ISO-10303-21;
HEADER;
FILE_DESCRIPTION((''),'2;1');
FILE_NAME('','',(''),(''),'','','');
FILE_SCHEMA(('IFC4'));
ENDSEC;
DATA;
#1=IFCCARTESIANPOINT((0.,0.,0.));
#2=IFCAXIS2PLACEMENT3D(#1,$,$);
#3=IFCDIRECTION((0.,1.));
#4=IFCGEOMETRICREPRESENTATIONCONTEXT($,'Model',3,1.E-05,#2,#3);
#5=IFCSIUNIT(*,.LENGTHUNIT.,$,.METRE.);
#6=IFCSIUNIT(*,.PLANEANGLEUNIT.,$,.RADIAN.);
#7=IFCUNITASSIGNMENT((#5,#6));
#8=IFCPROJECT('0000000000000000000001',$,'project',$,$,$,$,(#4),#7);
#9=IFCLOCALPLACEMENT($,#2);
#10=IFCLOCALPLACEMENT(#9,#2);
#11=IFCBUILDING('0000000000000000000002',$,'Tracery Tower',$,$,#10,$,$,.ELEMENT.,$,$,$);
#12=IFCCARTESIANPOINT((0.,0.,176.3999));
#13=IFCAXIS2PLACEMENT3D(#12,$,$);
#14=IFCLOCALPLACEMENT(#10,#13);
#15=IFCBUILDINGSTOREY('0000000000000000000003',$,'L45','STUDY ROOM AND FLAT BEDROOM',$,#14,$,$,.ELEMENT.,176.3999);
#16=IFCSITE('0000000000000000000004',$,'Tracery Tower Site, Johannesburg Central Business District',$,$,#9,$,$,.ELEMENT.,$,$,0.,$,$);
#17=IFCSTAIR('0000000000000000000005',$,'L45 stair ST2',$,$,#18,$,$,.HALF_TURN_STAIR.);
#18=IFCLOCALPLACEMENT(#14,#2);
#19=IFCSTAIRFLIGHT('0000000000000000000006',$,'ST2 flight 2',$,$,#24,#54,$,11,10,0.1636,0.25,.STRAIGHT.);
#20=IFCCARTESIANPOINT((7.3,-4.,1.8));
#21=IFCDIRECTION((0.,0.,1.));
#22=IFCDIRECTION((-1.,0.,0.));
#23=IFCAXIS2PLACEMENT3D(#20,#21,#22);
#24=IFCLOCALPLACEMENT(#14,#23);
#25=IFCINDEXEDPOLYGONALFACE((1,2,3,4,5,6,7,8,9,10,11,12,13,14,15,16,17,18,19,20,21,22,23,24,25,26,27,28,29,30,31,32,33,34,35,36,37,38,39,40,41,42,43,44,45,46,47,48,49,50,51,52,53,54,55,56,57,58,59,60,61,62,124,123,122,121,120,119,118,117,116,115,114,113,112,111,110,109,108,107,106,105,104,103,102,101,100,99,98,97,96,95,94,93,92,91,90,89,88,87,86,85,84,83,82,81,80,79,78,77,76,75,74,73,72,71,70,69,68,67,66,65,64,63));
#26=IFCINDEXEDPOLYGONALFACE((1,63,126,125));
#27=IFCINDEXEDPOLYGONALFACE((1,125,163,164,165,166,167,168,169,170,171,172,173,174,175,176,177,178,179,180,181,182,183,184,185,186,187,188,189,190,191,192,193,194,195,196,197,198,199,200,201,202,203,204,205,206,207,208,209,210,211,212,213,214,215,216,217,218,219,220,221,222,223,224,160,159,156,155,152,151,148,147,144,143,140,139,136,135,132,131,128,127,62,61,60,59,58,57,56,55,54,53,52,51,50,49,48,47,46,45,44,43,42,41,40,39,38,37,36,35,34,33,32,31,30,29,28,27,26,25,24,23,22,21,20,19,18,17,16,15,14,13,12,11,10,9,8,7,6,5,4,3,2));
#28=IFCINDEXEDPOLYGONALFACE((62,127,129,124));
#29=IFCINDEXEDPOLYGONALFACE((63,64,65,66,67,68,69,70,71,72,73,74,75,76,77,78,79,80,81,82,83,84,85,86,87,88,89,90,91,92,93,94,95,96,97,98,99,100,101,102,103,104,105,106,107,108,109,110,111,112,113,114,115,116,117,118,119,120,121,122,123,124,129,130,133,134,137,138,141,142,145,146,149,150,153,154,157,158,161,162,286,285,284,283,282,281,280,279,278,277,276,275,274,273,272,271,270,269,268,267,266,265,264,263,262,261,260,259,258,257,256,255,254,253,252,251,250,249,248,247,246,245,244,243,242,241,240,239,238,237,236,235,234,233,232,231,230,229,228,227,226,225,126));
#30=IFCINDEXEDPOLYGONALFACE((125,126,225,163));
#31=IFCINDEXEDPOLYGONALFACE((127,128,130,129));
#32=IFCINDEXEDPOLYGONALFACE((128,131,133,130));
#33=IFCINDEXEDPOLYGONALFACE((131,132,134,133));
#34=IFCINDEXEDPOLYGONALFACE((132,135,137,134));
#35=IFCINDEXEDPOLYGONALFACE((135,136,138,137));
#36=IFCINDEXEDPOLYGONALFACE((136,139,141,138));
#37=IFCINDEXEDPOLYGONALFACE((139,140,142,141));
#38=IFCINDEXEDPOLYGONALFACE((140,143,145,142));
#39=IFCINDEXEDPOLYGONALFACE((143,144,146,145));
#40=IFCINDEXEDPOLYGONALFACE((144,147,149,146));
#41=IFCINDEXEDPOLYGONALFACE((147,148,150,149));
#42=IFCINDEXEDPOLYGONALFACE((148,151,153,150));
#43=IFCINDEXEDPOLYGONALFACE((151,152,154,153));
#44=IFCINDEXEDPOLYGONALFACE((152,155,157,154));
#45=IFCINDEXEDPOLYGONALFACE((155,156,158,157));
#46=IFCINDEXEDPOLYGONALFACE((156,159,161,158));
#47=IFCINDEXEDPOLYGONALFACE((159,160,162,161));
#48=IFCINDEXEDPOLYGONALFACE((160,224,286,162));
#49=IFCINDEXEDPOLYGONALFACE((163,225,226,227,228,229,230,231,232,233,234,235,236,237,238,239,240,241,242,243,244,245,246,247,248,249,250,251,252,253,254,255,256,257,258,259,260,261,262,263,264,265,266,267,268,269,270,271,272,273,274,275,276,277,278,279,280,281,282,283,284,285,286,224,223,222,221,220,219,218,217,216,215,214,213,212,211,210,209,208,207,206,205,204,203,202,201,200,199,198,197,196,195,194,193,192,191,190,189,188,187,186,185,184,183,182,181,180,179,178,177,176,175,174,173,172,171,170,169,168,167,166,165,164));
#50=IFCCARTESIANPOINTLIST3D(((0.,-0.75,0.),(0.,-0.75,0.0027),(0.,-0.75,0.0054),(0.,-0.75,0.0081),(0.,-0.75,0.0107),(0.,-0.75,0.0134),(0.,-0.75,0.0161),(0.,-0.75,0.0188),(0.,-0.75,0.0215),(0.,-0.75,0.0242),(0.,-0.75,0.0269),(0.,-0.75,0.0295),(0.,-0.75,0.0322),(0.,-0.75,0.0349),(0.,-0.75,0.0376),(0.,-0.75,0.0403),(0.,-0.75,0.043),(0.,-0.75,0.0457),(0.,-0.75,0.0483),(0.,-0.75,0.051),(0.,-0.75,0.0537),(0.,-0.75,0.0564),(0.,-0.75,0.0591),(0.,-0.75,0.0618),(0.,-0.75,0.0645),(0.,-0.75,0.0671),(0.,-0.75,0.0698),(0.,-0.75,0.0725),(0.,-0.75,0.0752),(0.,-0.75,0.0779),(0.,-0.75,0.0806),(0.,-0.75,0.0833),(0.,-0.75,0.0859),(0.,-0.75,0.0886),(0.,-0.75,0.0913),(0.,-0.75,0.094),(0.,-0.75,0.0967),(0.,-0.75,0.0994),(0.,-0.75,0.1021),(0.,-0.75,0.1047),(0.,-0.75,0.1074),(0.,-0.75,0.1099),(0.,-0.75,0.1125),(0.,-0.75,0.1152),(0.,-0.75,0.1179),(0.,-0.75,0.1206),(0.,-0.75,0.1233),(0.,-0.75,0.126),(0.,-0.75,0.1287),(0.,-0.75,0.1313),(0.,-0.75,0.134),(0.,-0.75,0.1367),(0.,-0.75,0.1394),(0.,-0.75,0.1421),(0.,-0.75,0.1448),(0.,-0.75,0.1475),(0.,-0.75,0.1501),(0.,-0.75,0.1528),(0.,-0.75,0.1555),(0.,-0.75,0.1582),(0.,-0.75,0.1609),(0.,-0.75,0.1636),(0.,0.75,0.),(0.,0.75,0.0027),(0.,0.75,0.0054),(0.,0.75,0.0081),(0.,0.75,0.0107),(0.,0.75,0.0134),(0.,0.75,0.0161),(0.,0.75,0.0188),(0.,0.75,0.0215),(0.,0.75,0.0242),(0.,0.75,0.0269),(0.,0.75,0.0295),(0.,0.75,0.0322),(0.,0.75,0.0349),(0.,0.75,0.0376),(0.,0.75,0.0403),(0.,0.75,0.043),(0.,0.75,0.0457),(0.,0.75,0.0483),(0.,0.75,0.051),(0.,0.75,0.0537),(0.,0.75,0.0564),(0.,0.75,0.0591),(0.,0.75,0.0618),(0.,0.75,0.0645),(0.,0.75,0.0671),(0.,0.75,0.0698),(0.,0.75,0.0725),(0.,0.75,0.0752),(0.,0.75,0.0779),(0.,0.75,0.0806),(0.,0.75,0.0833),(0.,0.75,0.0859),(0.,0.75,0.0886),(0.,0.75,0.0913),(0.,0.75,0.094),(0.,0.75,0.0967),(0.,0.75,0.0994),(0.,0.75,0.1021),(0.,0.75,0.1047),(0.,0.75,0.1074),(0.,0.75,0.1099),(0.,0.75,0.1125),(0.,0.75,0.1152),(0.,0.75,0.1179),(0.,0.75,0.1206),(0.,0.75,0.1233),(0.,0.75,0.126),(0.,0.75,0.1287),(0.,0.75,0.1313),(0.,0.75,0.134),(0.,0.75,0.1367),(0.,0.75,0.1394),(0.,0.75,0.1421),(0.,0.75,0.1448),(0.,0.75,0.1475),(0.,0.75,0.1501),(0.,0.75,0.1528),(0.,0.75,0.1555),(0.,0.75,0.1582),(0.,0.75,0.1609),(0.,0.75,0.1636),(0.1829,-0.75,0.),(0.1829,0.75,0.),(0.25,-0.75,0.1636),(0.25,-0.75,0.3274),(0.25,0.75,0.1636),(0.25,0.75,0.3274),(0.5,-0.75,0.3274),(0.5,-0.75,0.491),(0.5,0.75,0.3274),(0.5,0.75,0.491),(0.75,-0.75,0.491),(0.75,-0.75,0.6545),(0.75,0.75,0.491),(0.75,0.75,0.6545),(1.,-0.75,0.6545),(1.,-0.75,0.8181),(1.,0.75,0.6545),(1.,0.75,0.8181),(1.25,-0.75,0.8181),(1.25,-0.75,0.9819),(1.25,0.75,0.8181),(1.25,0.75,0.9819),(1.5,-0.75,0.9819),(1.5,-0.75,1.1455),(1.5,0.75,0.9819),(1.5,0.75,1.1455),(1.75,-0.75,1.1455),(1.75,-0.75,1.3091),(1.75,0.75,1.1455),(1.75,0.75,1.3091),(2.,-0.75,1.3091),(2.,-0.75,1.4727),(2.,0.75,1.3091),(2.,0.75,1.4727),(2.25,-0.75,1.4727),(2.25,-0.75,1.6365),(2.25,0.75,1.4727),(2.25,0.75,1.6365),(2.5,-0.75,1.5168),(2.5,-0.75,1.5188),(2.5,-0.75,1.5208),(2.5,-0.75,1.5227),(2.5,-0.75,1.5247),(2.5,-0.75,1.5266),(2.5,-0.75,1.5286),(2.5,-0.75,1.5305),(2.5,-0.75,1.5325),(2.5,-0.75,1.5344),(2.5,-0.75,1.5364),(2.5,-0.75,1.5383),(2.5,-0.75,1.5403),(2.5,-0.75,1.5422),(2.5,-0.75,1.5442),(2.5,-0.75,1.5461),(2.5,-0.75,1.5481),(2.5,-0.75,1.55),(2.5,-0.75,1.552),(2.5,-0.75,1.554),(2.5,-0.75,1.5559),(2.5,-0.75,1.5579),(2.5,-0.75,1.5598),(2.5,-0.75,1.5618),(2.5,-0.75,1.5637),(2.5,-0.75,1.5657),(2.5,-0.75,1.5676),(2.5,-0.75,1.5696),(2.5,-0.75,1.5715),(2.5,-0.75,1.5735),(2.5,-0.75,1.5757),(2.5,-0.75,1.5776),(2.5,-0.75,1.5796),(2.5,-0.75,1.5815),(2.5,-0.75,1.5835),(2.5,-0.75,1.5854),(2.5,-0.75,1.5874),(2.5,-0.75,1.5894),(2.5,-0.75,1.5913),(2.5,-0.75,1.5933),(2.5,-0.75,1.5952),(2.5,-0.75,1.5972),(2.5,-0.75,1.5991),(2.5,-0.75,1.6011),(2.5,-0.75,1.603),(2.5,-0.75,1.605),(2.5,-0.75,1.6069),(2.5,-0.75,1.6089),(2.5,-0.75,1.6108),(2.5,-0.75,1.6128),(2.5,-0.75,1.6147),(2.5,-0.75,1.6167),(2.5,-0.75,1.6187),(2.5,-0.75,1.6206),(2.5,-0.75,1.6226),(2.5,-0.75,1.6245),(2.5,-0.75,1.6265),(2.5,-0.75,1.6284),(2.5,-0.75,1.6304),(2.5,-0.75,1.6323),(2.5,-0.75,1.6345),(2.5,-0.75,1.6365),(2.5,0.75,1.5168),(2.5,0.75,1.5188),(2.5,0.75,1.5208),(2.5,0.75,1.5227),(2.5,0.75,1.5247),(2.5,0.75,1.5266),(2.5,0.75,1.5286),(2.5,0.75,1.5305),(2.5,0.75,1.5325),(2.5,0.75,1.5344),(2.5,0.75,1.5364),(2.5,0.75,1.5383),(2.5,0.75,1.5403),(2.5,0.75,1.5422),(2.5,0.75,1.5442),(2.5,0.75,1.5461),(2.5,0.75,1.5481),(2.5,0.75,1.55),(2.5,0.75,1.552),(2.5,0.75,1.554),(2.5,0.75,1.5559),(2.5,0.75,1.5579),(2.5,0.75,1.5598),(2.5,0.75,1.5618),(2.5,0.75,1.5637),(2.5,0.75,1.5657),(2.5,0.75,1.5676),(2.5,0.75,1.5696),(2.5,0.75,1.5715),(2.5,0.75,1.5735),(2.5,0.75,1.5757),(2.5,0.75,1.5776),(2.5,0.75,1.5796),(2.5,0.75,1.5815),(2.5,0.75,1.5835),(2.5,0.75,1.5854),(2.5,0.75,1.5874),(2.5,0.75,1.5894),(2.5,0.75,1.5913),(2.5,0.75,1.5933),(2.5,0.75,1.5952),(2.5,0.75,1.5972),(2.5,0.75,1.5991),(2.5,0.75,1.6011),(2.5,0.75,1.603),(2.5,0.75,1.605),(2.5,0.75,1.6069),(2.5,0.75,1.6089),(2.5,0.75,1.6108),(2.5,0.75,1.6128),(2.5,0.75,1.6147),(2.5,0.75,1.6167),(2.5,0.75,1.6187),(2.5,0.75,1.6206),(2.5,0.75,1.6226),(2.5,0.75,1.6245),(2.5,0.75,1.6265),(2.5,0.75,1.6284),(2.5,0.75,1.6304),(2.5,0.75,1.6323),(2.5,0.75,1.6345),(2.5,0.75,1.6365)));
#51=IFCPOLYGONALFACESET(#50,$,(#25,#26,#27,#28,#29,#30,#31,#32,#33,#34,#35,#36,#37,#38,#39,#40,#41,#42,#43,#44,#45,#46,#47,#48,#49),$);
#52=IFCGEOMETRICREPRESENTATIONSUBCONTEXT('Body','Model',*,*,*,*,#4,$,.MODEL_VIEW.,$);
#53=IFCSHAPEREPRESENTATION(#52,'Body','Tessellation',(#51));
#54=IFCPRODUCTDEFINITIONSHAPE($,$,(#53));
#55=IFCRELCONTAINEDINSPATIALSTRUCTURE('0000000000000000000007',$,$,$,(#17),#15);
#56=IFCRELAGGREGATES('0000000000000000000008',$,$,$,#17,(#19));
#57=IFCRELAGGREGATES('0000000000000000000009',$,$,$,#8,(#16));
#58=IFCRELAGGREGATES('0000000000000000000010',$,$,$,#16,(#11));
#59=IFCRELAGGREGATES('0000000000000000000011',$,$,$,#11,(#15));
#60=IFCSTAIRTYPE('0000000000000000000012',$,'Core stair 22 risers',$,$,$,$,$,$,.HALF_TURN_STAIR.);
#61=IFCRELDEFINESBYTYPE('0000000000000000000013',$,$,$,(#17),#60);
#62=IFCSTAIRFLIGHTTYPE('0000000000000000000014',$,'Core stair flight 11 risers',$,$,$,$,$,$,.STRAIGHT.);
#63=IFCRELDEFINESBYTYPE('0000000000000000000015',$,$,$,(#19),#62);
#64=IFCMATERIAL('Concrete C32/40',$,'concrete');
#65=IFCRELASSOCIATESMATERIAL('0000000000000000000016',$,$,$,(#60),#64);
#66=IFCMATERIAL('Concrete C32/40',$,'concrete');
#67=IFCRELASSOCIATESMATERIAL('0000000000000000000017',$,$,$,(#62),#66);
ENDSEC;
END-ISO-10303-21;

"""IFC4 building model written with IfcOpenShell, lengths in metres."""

from ifc_helpers import new_model, si_unit, direction, frame, origin, place, context, subcontext, project, spatial, polyline, outline, extrude, material, type_object, element, aggregate, save


model = new_model("IFC4")

# Units and contexts
model_context = context("Model", 3, precision=1e-05, world=origin(), true_north=direction((0.0, 1.0)))
body_context = subcontext(model_context, "Body", "Model", "MODEL_VIEW")
ifc_project = project(units=[si_unit("LENGTHUNIT", "METRE"), si_unit("PLANEANGLEUNIT", "RADIAN")], contexts=[model_context])

# Site, building, storey
site_placement = place(None, origin())
site = spatial("IfcSite", under=ifc_project, at=site_placement, Name="Tracery Tower Site, Johannesburg Central Business District", CompositionType="ELEMENT", RefElevation=0.0)
building_placement = place(site_placement, origin())
building = spatial("IfcBuilding", under=site, at=building_placement, Name="Tracery Tower", CompositionType="ELEMENT")
storey_placement = place(building_placement, frame((0.0, 0.0, 176.3999)))
storey = spatial("IfcBuildingStorey", under=building, at=storey_placement, Name="L45", Description="STUDY ROOM AND FLAT BEDROOM", CompositionType="ELEMENT", Elevation=176.3999)

# Shared definitions
ifc_material_1 = material(Name="Concrete C32/40", Category="concrete")
stair_type = type_object("IfcStairType", Name="Core stair 22 risers", PredefinedType="HALF_TURN_STAIR", material=ifc_material_1)

# Stair, stair flight
stair_1_placement = place(storey_placement, origin())
stair_1 = element("IfcStair", 1, at=stair_1_placement, inside=storey, type_object=stair_type, Name="L45 stair ST2", PredefinedType="HALF_TURN_STAIR")
ifc_material_2 = material(Name="Concrete C32/40", Category="concrete")
stair_flight_type = type_object("IfcStairFlightType", Name="Core stair flight 11 risers", PredefinedType="STRAIGHT", material=ifc_material_2)
stair_flight_1_placement = place(storey_placement, frame((7.3, -4.0, 1.8), z_axis=(0.0, 0.0, 1.0), x_axis=(-1.0, 0.0, 0.0)))
stair_flight_1 = element("IfcStairFlight", 2, at=stair_flight_1_placement, type_object=stair_flight_type, Name="ST2 flight 2", NumberOfRisers=11, NumberOfTreads=10, PredefinedType="STRAIGHT", RiserHeight=0.1636, TreadLength=0.25, context=body_context, shape_type="SweptSolid", body=[
    extrude(outline(polyline([(0.0, 0.0), (0.0, 0.0027), (0.0, 0.0054), (0.0, 0.0081), (0.0, 0.0107), (0.0, 0.0134), (0.0, 0.0161), (0.0, 0.0188), (0.0, 0.0215), (0.0, 0.0242), (0.0, 0.0269), (0.0, 0.0295), (0.0, 0.0322), (0.0, 0.0349), (0.0, 0.0376), (0.0, 0.0403), (0.0, 0.043), (0.0, 0.0457), (0.0, 0.0483), (0.0, 0.051), (0.0, 0.0537), (0.0, 0.0564), (0.0, 0.0591), (0.0, 0.0618), (0.0, 0.0645), (0.0, 0.0671), (0.0, 0.0698), (0.0, 0.0725), (0.0, 0.0752), (0.0, 0.0779), (0.0, 0.0806), (0.0, 0.0833), (0.0, 0.0859), (0.0, 0.0886), (0.0, 0.0913), (0.0, 0.094), (0.0, 0.0967), (0.0, 0.0994), (0.0, 0.1021), (0.0, 0.1047), (0.0, 0.1074), (0.0, 0.1099), (0.0, 0.1125), (0.0, 0.1152), (0.0, 0.1179), (0.0, 0.1206), (0.0, 0.1233), (0.0, 0.126), (0.0, 0.1287), (0.0, 0.1313), (0.0, 0.134), (0.0, 0.1367), (0.0, 0.1394), (0.0, 0.1421), (0.0, 0.1448), (0.0, 0.1475), (0.0, 0.1501), (0.0, 0.1528), (0.0, 0.1555), (0.0, 0.1582), (0.0, 0.1609), (0.0, 0.1636), (0.25, 0.1636), (0.25, 0.3274), (0.5, 0.3274), (0.5, 0.491), (0.75, 0.491), (0.75, 0.6545), (1.0, 0.6545), (1.0, 0.8181), (1.25, 0.8181), (1.25, 0.9819), (1.5, 0.9819), (1.5, 1.1455), (1.75, 1.1455), (1.75, 1.3091), (2.0, 1.3091), (2.0, 1.4727), (2.25, 1.4727), (2.25, 1.6365), (2.5, 1.6365), (2.5, 1.6345), (2.5, 1.6323), (2.5, 1.6304), (2.5, 1.6284), (2.5, 1.6265), (2.5, 1.6245), (2.5, 1.6226), (2.5, 1.6206), (2.5, 1.6187), (2.5, 1.6167), (2.5, 1.6147), (2.5, 1.6128), (2.5, 1.6108), (2.5, 1.6089), (2.5, 1.6069), (2.5, 1.605), (2.5, 1.603), (2.5, 1.6011), (2.5, 1.5991), (2.5, 1.5972), (2.5, 1.5952), (2.5, 1.5933), (2.5, 1.5913), (2.5, 1.5894), (2.5, 1.5874), (2.5, 1.5854), (2.5, 1.5835), (2.5, 1.5815), (2.5, 1.5796), (2.5, 1.5776), (2.5, 1.5757), (2.5, 1.5735), (2.5, 1.5715), (2.5, 1.5696), (2.5, 1.5676), (2.5, 1.5657), (2.5, 1.5637), (2.5, 1.5618), (2.5, 1.5598), (2.5, 1.5579), (2.5, 1.5559), (2.5, 1.554), (2.5, 1.552), (2.5, 1.55), (2.5, 1.5481), (2.5, 1.5461), (2.5, 1.5442), (2.5, 1.5422), (2.5, 1.5403), (2.5, 1.5383), (2.5, 1.5364), (2.5, 1.5344), (2.5, 1.5325), (2.5, 1.5305), (2.5, 1.5286), (2.5, 1.5266), (2.5, 1.5247), (2.5, 1.5227), (2.5, 1.5208), (2.5, 1.5188), (2.5, 1.5168), (0.1829, 0.0), (0.0, 0.0)])), frame((0.0, 0.75, 0.0), z_axis=(0.0, -1.0, 0.0), x_axis=(1.0, 0.0, 0.0)), (0.0, 0.0, 1.0), 1.5),
])
aggregate(stair_1, [stair_flight_1])

save(model, "model.ifc")
